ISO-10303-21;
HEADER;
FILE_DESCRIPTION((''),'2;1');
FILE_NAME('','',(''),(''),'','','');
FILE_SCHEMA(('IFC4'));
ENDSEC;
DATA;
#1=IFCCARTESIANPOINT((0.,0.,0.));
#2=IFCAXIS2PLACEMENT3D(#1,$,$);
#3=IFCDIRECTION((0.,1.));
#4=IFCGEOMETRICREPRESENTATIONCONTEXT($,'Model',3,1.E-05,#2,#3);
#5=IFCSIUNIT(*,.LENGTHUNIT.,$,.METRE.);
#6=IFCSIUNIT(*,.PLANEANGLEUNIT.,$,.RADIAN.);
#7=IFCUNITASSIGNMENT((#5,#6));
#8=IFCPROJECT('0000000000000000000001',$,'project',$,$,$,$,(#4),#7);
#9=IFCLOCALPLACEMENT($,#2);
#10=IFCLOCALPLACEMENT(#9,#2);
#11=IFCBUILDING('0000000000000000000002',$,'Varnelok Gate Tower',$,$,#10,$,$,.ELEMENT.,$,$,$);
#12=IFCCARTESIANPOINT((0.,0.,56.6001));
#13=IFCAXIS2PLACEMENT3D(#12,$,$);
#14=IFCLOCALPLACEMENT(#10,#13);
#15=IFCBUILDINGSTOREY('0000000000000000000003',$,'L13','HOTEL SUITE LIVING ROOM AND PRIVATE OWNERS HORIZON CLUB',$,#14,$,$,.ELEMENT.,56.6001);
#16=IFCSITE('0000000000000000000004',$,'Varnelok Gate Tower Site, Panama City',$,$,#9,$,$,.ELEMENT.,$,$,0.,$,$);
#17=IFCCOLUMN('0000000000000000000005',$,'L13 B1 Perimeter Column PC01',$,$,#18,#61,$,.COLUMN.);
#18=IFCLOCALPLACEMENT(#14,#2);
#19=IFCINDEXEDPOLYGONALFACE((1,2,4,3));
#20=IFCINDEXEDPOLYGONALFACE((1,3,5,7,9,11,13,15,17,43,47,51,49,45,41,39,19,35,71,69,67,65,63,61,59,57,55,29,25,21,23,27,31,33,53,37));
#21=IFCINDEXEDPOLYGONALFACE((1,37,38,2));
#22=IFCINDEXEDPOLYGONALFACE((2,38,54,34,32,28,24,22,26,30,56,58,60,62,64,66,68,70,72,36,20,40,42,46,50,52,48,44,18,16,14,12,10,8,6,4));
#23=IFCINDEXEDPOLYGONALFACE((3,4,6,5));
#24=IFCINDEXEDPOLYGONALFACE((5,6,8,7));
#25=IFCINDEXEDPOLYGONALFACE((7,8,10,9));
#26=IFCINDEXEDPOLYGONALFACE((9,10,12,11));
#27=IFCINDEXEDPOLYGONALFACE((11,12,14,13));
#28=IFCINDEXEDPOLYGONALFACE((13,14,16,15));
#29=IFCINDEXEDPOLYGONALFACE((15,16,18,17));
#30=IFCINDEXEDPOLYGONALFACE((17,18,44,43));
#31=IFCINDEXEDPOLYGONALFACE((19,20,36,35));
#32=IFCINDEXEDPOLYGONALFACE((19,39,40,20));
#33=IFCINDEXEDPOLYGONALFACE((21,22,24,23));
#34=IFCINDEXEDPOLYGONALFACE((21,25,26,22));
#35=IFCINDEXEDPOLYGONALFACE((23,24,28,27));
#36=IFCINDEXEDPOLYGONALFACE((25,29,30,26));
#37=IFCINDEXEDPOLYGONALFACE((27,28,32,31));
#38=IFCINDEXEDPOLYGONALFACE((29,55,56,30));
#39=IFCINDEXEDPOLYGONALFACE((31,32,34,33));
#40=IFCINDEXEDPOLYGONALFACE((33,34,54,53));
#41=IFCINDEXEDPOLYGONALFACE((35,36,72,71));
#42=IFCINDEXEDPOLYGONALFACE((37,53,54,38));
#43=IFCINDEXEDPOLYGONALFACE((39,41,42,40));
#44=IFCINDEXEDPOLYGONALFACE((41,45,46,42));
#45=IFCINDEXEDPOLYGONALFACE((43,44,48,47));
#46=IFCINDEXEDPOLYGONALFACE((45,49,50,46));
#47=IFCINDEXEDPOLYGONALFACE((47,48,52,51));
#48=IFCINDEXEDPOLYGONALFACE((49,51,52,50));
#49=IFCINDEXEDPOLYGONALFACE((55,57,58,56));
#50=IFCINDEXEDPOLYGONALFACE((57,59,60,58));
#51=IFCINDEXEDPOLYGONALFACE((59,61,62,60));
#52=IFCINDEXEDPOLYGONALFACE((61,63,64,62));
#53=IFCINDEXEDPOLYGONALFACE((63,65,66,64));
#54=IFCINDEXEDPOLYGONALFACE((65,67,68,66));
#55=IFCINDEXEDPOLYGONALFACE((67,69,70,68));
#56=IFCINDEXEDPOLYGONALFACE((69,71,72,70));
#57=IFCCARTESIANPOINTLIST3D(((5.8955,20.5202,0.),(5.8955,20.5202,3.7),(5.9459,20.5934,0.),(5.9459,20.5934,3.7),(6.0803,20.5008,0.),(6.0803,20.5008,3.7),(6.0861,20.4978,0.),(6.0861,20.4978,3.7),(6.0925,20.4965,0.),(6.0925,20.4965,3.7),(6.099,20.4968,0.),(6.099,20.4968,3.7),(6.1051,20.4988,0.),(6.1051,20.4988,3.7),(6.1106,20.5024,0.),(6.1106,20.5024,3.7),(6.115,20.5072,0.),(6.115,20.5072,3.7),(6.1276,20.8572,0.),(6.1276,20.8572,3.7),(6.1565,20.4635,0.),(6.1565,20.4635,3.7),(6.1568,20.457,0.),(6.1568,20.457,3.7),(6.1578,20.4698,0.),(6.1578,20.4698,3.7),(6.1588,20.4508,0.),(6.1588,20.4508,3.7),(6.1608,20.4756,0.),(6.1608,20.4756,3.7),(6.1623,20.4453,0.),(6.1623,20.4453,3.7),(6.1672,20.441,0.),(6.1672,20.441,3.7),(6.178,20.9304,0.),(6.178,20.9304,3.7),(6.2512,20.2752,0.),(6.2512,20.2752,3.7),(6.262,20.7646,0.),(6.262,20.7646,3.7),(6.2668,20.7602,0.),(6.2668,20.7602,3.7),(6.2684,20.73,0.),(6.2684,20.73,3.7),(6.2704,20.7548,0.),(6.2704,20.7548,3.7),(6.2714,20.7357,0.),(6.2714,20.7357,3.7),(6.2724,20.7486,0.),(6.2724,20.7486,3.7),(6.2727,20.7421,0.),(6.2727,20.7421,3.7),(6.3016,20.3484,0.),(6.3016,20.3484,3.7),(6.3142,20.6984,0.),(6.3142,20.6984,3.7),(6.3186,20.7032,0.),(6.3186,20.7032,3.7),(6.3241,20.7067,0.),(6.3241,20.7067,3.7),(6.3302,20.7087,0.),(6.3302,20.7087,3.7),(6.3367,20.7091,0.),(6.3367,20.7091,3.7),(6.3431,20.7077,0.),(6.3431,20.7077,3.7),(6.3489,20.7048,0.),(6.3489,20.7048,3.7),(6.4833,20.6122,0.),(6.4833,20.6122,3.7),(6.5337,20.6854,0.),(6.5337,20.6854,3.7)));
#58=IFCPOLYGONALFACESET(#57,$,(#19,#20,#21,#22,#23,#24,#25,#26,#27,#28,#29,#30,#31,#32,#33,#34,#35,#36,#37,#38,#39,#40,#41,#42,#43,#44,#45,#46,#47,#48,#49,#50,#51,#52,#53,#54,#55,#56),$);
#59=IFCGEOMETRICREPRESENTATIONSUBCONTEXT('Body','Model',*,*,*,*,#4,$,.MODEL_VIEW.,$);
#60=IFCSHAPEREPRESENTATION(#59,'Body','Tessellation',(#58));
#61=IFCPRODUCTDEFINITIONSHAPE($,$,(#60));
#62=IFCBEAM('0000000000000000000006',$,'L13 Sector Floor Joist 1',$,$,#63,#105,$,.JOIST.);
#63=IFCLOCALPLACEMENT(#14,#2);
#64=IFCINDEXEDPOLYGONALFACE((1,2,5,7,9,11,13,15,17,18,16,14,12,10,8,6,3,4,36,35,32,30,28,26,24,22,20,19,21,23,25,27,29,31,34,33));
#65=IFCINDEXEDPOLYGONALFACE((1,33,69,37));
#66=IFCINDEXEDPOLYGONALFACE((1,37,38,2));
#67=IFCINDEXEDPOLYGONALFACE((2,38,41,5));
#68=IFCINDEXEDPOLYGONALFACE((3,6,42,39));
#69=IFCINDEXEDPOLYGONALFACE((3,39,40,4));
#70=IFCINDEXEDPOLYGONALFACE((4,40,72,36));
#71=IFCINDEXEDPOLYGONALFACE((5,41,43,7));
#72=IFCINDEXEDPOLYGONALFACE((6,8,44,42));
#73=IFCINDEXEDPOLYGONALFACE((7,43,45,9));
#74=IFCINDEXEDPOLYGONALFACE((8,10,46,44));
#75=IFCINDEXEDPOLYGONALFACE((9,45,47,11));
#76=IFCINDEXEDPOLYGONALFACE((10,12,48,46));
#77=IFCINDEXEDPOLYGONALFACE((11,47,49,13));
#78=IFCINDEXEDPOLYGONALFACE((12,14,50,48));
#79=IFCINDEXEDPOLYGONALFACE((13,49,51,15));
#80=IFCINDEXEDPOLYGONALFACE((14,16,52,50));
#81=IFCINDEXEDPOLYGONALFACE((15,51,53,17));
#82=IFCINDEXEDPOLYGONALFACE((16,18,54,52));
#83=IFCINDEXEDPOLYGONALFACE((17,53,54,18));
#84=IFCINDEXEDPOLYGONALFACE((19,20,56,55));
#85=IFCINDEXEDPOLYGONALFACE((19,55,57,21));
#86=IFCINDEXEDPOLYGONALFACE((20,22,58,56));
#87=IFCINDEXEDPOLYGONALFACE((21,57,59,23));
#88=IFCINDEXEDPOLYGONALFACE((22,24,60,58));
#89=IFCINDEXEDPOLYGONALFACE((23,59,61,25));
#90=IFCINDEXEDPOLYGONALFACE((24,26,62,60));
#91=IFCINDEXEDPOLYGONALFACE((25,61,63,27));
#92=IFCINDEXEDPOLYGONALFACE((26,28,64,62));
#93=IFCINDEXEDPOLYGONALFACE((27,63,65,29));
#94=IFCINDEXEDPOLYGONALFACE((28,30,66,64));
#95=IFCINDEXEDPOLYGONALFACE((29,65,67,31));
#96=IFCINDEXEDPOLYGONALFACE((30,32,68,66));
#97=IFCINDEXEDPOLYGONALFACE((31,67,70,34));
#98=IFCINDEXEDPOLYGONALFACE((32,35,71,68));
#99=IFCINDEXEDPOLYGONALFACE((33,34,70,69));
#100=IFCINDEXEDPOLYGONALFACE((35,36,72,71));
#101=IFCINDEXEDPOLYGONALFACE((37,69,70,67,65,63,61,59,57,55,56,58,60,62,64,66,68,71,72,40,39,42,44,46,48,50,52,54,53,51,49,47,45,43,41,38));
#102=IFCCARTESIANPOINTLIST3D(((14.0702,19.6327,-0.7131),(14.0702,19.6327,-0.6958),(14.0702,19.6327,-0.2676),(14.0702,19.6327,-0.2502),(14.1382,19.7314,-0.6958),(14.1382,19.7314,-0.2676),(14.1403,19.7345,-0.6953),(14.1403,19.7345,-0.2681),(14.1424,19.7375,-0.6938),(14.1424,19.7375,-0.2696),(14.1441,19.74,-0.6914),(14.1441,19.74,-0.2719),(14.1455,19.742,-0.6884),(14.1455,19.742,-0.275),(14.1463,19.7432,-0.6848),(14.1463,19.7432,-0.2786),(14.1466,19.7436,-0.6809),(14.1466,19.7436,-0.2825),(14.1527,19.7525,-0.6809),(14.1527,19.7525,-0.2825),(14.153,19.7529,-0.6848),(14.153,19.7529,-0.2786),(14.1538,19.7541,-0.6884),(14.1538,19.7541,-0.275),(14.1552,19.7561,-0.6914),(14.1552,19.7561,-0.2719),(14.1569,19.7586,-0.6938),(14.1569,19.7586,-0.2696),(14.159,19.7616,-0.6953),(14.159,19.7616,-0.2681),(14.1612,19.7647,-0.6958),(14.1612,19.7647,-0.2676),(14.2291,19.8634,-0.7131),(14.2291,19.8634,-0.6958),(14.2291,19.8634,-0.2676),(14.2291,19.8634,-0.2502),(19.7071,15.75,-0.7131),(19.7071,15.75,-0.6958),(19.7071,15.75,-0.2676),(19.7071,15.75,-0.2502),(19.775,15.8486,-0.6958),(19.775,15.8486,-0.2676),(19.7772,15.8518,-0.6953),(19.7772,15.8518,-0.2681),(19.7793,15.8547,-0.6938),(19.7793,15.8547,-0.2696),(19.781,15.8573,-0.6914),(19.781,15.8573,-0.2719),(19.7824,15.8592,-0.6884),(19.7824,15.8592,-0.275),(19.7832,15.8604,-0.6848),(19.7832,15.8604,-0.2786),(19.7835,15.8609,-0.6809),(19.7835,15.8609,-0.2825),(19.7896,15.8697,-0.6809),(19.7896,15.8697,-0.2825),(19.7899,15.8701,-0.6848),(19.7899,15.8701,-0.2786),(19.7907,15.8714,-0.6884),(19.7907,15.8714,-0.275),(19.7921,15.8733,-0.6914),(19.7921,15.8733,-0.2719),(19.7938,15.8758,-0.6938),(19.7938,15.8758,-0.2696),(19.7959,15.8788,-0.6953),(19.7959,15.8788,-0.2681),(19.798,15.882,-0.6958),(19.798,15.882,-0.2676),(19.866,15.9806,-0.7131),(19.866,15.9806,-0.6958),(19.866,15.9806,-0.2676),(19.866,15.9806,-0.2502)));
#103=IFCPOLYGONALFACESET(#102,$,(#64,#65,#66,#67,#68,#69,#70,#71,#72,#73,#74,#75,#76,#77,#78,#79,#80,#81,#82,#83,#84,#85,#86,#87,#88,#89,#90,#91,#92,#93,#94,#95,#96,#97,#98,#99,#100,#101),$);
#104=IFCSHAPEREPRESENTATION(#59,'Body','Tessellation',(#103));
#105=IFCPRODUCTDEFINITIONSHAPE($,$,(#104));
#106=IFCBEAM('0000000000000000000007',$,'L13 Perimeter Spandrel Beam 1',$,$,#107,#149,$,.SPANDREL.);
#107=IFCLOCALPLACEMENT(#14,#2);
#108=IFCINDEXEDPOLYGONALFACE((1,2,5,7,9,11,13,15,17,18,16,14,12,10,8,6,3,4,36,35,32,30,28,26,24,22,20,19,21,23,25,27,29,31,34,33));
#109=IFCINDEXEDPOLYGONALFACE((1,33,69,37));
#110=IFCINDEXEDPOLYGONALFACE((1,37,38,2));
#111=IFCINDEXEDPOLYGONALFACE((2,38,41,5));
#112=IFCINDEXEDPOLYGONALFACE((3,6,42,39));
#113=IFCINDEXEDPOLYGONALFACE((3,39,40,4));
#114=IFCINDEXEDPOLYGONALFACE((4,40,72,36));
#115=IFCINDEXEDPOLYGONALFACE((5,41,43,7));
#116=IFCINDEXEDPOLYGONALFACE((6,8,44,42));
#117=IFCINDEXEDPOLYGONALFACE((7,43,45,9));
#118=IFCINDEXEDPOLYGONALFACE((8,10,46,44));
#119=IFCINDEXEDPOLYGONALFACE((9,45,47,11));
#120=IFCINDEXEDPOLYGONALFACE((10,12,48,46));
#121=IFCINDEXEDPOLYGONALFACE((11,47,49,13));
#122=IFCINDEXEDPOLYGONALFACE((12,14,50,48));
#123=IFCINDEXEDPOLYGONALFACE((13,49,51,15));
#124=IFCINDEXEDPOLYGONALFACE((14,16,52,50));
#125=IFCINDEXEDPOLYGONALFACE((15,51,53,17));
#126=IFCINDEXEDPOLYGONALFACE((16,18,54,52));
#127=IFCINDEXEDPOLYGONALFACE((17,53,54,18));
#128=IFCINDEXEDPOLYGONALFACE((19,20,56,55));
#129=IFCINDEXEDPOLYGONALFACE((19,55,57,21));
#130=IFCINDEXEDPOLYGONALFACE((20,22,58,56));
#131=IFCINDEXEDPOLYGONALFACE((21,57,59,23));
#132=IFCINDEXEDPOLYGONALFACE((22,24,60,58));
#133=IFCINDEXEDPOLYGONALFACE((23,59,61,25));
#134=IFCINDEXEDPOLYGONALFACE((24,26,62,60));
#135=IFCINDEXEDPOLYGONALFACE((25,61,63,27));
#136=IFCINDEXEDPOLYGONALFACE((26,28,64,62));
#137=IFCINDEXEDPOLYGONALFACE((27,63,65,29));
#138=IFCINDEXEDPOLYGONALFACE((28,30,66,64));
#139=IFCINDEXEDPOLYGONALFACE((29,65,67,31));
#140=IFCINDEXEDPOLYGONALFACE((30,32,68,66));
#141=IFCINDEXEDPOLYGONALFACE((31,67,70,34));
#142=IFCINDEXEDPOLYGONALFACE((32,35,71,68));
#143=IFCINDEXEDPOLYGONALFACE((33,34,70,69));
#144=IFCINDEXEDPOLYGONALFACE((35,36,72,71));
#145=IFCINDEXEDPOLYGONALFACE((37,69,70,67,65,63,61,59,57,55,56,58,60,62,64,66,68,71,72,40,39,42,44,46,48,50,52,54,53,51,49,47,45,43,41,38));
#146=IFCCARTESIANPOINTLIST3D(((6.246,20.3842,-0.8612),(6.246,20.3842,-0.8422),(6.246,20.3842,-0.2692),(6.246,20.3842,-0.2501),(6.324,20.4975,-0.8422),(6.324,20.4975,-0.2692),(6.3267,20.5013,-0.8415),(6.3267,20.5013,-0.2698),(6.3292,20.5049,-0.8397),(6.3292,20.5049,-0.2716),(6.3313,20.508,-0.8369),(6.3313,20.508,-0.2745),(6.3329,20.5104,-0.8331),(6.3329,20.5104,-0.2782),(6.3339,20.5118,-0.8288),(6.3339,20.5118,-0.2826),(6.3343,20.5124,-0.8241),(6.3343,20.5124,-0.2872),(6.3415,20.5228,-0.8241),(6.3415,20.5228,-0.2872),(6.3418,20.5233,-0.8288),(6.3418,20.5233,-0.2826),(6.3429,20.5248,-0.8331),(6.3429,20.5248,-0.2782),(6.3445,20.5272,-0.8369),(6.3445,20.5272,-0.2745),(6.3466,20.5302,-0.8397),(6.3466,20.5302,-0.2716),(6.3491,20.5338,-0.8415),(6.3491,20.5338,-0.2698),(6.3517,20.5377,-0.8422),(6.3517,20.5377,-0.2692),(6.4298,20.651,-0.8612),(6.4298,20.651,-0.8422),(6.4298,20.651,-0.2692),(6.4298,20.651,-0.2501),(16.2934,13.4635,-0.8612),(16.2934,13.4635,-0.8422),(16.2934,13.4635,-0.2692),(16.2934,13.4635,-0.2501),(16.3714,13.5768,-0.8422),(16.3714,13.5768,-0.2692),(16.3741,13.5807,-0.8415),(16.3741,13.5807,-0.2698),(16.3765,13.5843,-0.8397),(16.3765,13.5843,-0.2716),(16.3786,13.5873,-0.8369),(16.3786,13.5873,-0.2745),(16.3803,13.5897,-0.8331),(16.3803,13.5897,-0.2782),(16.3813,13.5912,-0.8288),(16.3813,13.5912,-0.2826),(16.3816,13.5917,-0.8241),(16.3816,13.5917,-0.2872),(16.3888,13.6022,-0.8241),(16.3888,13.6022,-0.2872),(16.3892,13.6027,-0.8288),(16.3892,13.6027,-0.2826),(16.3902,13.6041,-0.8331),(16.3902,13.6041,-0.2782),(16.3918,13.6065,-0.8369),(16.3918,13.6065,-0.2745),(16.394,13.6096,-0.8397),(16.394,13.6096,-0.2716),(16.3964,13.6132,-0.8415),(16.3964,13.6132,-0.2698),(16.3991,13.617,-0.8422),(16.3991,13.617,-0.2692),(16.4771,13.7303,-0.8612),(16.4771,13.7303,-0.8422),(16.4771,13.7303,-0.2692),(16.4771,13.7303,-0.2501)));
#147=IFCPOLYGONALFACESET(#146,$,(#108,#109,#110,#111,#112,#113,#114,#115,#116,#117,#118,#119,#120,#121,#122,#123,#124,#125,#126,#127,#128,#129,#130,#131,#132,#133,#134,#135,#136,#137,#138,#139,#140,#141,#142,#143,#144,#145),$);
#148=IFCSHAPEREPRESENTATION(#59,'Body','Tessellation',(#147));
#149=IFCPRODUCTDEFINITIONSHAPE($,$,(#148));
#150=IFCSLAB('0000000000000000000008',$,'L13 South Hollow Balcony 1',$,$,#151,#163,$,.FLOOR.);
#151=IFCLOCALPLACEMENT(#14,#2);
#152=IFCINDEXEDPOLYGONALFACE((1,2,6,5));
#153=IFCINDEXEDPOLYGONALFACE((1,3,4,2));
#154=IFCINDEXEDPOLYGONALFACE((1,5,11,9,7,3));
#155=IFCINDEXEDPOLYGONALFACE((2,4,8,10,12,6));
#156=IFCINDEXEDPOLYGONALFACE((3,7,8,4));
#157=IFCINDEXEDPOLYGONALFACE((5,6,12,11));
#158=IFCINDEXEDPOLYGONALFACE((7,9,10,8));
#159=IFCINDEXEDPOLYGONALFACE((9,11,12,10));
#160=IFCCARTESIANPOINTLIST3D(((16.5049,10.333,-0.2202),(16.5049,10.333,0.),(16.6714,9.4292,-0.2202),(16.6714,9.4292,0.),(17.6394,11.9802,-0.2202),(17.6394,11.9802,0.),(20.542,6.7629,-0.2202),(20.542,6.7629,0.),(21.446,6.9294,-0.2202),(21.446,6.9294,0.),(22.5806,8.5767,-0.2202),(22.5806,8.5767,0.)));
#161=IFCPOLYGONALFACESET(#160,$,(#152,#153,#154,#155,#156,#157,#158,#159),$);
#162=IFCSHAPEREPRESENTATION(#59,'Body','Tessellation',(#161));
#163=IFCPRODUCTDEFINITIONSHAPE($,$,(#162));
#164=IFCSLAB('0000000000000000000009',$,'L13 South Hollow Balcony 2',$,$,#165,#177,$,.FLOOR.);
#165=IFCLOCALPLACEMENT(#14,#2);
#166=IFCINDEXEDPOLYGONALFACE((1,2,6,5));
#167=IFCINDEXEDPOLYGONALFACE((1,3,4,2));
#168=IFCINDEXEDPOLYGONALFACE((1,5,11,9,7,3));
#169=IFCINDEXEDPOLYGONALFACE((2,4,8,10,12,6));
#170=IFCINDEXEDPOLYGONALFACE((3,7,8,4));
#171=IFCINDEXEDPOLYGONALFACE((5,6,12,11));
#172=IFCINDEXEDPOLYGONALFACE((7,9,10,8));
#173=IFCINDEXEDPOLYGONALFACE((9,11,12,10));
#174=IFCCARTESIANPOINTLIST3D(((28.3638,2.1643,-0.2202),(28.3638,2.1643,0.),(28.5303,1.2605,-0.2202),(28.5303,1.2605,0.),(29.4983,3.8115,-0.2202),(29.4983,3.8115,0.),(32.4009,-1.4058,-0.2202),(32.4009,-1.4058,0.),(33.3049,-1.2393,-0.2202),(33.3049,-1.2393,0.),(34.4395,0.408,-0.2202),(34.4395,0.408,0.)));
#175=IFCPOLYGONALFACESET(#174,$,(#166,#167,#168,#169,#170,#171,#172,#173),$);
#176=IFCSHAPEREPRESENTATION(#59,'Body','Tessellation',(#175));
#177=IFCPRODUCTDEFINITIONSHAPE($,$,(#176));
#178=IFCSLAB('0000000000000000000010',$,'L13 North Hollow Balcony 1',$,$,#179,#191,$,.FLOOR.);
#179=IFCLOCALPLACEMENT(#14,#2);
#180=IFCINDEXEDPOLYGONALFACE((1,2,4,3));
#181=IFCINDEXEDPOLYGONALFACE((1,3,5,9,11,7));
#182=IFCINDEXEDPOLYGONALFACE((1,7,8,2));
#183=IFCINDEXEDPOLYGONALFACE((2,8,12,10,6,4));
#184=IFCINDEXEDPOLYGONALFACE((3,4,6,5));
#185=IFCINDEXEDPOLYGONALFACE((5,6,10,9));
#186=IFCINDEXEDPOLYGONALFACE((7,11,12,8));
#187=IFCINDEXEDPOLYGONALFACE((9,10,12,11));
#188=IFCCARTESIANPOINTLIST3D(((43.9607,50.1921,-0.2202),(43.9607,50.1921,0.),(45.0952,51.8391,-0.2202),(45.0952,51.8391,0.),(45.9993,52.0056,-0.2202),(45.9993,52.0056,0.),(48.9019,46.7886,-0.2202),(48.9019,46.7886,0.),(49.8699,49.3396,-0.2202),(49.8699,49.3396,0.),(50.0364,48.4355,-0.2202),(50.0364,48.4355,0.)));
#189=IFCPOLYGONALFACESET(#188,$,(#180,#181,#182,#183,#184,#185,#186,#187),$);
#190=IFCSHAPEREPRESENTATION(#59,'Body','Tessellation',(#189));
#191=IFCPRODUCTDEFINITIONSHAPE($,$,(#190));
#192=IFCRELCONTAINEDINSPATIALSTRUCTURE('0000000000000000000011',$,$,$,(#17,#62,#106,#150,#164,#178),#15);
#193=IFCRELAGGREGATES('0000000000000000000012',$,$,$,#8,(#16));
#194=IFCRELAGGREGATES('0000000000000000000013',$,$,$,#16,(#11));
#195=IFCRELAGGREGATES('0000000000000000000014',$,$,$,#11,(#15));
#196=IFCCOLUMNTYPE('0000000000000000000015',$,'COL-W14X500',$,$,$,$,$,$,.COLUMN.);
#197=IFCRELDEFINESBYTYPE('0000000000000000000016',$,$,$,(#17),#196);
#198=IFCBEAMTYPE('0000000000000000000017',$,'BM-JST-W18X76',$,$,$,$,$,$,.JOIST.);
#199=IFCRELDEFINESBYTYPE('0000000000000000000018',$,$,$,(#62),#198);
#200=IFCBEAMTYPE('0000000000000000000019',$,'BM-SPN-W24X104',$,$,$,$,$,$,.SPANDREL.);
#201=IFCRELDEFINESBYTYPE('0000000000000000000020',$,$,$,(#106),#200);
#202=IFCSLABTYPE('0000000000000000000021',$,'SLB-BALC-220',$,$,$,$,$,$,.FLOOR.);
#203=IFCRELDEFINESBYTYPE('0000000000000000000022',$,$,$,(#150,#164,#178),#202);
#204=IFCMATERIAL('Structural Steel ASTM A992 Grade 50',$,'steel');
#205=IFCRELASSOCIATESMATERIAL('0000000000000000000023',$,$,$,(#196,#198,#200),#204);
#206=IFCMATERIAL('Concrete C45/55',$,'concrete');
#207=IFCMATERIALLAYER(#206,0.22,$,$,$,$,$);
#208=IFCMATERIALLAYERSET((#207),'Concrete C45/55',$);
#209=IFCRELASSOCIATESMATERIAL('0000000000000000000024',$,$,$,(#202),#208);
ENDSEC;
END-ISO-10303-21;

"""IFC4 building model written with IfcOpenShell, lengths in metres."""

from ifc_helpers import new_model, si_unit, direction, frame, origin, origin_2d, place, context, subcontext, project, spatial, polyline, i_section, outline, extrude, material, layer, layer_set, material_profile, profile_set, type_object, element, save


model = new_model("IFC4")

# Units and contexts
model_context = context("Model", 3, precision=1e-05, world=origin(), true_north=direction((0.0, 1.0)))
body_context = subcontext(model_context, "Body", "Model", "MODEL_VIEW")
ifc_project = project(units=[si_unit("LENGTHUNIT", "METRE"), si_unit("PLANEANGLEUNIT", "RADIAN")], contexts=[model_context])

# Site, building, storey
site_placement = place(None, origin())
site = spatial("IfcSite", under=ifc_project, at=site_placement, Name="Varnelok Gate Tower Site, Panama City", CompositionType="ELEMENT", RefElevation=0.0)
building_placement = place(site_placement, origin())
building = spatial("IfcBuilding", under=site, at=building_placement, Name="Varnelok Gate Tower", CompositionType="ELEMENT")
storey_placement = place(building_placement, frame((0.0, 0.0, 56.6001)))
storey = spatial("IfcBuildingStorey", under=building, at=storey_placement, Name="L13", Description="HOTEL SUITE LIVING ROOM AND PRIVATE OWNERS HORIZON CLUB", CompositionType="ELEMENT", Elevation=56.6001)

# Column
ifc_material_1 = material(Name="Structural Steel ASTM A992 Grade 50", Category="steel")
ifc_material_profile_1 = material_profile(ifc_material_1, i_section(OverallWidth=0.4319, OverallDepth=0.498, WebThickness=0.0557, FlangeThickness=0.0889, FilletRadius=0.0249, at=origin_2d()), Name="W14X500")
ifc_profile_set_1 = profile_set([ifc_material_profile_1], Name="Structural Steel ASTM A992 Grade 50")
column_type = type_object("IfcColumnType", Name="COL-W14X500", PredefinedType="COLUMN", material=ifc_profile_set_1)
column_placement = place(storey_placement, frame((6.2146, 20.6028, 0.0), z_axis=(0.0, 0.0, 1.0), x_axis=(0.823533, -0.567269, 0.0)))
element("IfcColumn", 1, at=column_placement, inside=storey, type_object=column_type, Name="L13 B1 Perimeter Column PC01", PredefinedType="COLUMN", context=body_context, shape_type="SweptSolid", body=[
    extrude(i_section(OverallWidth=0.4319, OverallDepth=0.498, WebThickness=0.0557, FlangeThickness=0.0889, FilletRadius=0.0249, at=origin_2d()), origin(), (0.0, 0.0, 1.0), 3.7),
])

# Beams
ifc_material_profile_2 = material_profile(ifc_material_1, i_section(OverallWidth=0.28, OverallDepth=0.4629, WebThickness=0.0107, FlangeThickness=0.0173, FilletRadius=0.0149, at=origin_2d()), Name="W18X76")
ifc_profile_set_2 = profile_set([ifc_material_profile_2], Name="Structural Steel ASTM A992 Grade 50")
beam_type_1 = type_object("IfcBeamType", Name="BM-JST-W18X76", PredefinedType="JOIST", material=ifc_profile_set_2)
beam_1_placement = place(storey_placement, frame((14.1497, 19.748, -0.4817), z_axis=(0.823537, -0.567263, 0.0), x_axis=(0.567263, 0.823537, 0.0)))
element("IfcBeam", 2, at=beam_1_placement, inside=storey, type_object=beam_type_1, Name="L13 Sector Floor Joist 1", PredefinedType="JOIST", context=body_context, shape_type="SweptSolid", body=[
    extrude(i_section(OverallWidth=0.28, OverallDepth=0.4629, WebThickness=0.0107, FlangeThickness=0.0173, FilletRadius=0.0149, at=origin_2d()), origin(), (0.0, 0.0, 1.0), 6.8447),
])
ifc_material_profile_3 = material_profile(ifc_material_1, i_section(OverallWidth=0.324, OverallDepth=0.6111, WebThickness=0.0127, FlangeThickness=0.019, FilletRadius=0.0181, at=origin_2d()), Name="W24X104")
ifc_profile_set_3 = profile_set([ifc_material_profile_3], Name="Structural Steel ASTM A992 Grade 50")
beam_type_2 = type_object("IfcBeamType", Name="BM-SPN-W24X104", PredefinedType="SPANDREL", material=ifc_profile_set_3)
beam_2_placement = place(storey_placement, frame((6.3379, 20.5176, -0.5557), z_axis=(0.823541, -0.567257, 0.0), x_axis=(0.567257, 0.823541, 0.0)))
element("IfcBeam", 3, at=beam_2_placement, inside=storey, type_object=beam_type_2, Name="L13 Perimeter Spandrel Beam 1", PredefinedType="SPANDREL", context=body_context, shape_type="SweptSolid", body=[
    extrude(i_section(OverallWidth=0.324, OverallDepth=0.6111, WebThickness=0.0127, FlangeThickness=0.019, FilletRadius=0.0181, at=origin_2d()), origin(), (0.0, 0.0, 1.0), 12.2002),
])

# Slabs
ifc_material_2 = material(Name="Concrete C45/55", Category="concrete")
ifc_layer_1 = layer(ifc_material_2, 0.22)
ifc_layer_set_1 = layer_set([ifc_layer_1], Name="Concrete C45/55")
slab_type_1 = type_object("IfcSlabType", Name="SLB-BALC-220", PredefinedType="FLOOR", material=ifc_layer_set_1)
slab_1_placement = place(storey_placement, frame((0.0, 0.0, -0.2202)))
element("IfcSlab", 4, at=slab_1_placement, inside=storey, type_object=slab_type_1, Name="L13 South Hollow Balcony 1", PredefinedType="FLOOR", context=body_context, shape_type="SweptSolid", body=[
    extrude(outline(polyline([(16.5049, 10.333), (16.6714, 9.4292), (20.542, 6.7629), (21.446, 6.9294), (22.5806, 8.5767), (17.6394, 11.9802), (16.5049, 10.333)])), origin(), (0.0, 0.0, 1.0), 0.2202),
])
slab_2_placement = place(storey_placement, frame((0.0, 0.0, -0.2202)))
element("IfcSlab", 5, at=slab_2_placement, inside=storey, type_object=slab_type_1, Name="L13 South Hollow Balcony 2", PredefinedType="FLOOR", context=body_context, shape_type="SweptSolid", body=[
    extrude(outline(polyline([(28.3638, 2.1643), (28.5303, 1.2605), (32.4009, -1.4058), (33.3049, -1.2393), (34.4395, 0.408), (29.4983, 3.8115), (28.3638, 2.1643)])), origin(), (0.0, 0.0, 1.0), 0.2202),
])
slab_3_placement = place(storey_placement, frame((0.0, 0.0, -0.2202)))
element("IfcSlab", 6, at=slab_3_placement, inside=storey, type_object=slab_type_1, Name="L13 North Hollow Balcony 1", PredefinedType="FLOOR", context=body_context, shape_type="SweptSolid", body=[
    extrude(outline(polyline([(43.9607, 50.1921), (48.9019, 46.7886), (50.0364, 48.4355), (49.8699, 49.3396), (45.9993, 52.0056), (45.0952, 51.8391), (43.9607, 50.1921)])), origin(), (0.0, 0.0, 1.0), 0.2202),
])

save(model, "model.ifc")
